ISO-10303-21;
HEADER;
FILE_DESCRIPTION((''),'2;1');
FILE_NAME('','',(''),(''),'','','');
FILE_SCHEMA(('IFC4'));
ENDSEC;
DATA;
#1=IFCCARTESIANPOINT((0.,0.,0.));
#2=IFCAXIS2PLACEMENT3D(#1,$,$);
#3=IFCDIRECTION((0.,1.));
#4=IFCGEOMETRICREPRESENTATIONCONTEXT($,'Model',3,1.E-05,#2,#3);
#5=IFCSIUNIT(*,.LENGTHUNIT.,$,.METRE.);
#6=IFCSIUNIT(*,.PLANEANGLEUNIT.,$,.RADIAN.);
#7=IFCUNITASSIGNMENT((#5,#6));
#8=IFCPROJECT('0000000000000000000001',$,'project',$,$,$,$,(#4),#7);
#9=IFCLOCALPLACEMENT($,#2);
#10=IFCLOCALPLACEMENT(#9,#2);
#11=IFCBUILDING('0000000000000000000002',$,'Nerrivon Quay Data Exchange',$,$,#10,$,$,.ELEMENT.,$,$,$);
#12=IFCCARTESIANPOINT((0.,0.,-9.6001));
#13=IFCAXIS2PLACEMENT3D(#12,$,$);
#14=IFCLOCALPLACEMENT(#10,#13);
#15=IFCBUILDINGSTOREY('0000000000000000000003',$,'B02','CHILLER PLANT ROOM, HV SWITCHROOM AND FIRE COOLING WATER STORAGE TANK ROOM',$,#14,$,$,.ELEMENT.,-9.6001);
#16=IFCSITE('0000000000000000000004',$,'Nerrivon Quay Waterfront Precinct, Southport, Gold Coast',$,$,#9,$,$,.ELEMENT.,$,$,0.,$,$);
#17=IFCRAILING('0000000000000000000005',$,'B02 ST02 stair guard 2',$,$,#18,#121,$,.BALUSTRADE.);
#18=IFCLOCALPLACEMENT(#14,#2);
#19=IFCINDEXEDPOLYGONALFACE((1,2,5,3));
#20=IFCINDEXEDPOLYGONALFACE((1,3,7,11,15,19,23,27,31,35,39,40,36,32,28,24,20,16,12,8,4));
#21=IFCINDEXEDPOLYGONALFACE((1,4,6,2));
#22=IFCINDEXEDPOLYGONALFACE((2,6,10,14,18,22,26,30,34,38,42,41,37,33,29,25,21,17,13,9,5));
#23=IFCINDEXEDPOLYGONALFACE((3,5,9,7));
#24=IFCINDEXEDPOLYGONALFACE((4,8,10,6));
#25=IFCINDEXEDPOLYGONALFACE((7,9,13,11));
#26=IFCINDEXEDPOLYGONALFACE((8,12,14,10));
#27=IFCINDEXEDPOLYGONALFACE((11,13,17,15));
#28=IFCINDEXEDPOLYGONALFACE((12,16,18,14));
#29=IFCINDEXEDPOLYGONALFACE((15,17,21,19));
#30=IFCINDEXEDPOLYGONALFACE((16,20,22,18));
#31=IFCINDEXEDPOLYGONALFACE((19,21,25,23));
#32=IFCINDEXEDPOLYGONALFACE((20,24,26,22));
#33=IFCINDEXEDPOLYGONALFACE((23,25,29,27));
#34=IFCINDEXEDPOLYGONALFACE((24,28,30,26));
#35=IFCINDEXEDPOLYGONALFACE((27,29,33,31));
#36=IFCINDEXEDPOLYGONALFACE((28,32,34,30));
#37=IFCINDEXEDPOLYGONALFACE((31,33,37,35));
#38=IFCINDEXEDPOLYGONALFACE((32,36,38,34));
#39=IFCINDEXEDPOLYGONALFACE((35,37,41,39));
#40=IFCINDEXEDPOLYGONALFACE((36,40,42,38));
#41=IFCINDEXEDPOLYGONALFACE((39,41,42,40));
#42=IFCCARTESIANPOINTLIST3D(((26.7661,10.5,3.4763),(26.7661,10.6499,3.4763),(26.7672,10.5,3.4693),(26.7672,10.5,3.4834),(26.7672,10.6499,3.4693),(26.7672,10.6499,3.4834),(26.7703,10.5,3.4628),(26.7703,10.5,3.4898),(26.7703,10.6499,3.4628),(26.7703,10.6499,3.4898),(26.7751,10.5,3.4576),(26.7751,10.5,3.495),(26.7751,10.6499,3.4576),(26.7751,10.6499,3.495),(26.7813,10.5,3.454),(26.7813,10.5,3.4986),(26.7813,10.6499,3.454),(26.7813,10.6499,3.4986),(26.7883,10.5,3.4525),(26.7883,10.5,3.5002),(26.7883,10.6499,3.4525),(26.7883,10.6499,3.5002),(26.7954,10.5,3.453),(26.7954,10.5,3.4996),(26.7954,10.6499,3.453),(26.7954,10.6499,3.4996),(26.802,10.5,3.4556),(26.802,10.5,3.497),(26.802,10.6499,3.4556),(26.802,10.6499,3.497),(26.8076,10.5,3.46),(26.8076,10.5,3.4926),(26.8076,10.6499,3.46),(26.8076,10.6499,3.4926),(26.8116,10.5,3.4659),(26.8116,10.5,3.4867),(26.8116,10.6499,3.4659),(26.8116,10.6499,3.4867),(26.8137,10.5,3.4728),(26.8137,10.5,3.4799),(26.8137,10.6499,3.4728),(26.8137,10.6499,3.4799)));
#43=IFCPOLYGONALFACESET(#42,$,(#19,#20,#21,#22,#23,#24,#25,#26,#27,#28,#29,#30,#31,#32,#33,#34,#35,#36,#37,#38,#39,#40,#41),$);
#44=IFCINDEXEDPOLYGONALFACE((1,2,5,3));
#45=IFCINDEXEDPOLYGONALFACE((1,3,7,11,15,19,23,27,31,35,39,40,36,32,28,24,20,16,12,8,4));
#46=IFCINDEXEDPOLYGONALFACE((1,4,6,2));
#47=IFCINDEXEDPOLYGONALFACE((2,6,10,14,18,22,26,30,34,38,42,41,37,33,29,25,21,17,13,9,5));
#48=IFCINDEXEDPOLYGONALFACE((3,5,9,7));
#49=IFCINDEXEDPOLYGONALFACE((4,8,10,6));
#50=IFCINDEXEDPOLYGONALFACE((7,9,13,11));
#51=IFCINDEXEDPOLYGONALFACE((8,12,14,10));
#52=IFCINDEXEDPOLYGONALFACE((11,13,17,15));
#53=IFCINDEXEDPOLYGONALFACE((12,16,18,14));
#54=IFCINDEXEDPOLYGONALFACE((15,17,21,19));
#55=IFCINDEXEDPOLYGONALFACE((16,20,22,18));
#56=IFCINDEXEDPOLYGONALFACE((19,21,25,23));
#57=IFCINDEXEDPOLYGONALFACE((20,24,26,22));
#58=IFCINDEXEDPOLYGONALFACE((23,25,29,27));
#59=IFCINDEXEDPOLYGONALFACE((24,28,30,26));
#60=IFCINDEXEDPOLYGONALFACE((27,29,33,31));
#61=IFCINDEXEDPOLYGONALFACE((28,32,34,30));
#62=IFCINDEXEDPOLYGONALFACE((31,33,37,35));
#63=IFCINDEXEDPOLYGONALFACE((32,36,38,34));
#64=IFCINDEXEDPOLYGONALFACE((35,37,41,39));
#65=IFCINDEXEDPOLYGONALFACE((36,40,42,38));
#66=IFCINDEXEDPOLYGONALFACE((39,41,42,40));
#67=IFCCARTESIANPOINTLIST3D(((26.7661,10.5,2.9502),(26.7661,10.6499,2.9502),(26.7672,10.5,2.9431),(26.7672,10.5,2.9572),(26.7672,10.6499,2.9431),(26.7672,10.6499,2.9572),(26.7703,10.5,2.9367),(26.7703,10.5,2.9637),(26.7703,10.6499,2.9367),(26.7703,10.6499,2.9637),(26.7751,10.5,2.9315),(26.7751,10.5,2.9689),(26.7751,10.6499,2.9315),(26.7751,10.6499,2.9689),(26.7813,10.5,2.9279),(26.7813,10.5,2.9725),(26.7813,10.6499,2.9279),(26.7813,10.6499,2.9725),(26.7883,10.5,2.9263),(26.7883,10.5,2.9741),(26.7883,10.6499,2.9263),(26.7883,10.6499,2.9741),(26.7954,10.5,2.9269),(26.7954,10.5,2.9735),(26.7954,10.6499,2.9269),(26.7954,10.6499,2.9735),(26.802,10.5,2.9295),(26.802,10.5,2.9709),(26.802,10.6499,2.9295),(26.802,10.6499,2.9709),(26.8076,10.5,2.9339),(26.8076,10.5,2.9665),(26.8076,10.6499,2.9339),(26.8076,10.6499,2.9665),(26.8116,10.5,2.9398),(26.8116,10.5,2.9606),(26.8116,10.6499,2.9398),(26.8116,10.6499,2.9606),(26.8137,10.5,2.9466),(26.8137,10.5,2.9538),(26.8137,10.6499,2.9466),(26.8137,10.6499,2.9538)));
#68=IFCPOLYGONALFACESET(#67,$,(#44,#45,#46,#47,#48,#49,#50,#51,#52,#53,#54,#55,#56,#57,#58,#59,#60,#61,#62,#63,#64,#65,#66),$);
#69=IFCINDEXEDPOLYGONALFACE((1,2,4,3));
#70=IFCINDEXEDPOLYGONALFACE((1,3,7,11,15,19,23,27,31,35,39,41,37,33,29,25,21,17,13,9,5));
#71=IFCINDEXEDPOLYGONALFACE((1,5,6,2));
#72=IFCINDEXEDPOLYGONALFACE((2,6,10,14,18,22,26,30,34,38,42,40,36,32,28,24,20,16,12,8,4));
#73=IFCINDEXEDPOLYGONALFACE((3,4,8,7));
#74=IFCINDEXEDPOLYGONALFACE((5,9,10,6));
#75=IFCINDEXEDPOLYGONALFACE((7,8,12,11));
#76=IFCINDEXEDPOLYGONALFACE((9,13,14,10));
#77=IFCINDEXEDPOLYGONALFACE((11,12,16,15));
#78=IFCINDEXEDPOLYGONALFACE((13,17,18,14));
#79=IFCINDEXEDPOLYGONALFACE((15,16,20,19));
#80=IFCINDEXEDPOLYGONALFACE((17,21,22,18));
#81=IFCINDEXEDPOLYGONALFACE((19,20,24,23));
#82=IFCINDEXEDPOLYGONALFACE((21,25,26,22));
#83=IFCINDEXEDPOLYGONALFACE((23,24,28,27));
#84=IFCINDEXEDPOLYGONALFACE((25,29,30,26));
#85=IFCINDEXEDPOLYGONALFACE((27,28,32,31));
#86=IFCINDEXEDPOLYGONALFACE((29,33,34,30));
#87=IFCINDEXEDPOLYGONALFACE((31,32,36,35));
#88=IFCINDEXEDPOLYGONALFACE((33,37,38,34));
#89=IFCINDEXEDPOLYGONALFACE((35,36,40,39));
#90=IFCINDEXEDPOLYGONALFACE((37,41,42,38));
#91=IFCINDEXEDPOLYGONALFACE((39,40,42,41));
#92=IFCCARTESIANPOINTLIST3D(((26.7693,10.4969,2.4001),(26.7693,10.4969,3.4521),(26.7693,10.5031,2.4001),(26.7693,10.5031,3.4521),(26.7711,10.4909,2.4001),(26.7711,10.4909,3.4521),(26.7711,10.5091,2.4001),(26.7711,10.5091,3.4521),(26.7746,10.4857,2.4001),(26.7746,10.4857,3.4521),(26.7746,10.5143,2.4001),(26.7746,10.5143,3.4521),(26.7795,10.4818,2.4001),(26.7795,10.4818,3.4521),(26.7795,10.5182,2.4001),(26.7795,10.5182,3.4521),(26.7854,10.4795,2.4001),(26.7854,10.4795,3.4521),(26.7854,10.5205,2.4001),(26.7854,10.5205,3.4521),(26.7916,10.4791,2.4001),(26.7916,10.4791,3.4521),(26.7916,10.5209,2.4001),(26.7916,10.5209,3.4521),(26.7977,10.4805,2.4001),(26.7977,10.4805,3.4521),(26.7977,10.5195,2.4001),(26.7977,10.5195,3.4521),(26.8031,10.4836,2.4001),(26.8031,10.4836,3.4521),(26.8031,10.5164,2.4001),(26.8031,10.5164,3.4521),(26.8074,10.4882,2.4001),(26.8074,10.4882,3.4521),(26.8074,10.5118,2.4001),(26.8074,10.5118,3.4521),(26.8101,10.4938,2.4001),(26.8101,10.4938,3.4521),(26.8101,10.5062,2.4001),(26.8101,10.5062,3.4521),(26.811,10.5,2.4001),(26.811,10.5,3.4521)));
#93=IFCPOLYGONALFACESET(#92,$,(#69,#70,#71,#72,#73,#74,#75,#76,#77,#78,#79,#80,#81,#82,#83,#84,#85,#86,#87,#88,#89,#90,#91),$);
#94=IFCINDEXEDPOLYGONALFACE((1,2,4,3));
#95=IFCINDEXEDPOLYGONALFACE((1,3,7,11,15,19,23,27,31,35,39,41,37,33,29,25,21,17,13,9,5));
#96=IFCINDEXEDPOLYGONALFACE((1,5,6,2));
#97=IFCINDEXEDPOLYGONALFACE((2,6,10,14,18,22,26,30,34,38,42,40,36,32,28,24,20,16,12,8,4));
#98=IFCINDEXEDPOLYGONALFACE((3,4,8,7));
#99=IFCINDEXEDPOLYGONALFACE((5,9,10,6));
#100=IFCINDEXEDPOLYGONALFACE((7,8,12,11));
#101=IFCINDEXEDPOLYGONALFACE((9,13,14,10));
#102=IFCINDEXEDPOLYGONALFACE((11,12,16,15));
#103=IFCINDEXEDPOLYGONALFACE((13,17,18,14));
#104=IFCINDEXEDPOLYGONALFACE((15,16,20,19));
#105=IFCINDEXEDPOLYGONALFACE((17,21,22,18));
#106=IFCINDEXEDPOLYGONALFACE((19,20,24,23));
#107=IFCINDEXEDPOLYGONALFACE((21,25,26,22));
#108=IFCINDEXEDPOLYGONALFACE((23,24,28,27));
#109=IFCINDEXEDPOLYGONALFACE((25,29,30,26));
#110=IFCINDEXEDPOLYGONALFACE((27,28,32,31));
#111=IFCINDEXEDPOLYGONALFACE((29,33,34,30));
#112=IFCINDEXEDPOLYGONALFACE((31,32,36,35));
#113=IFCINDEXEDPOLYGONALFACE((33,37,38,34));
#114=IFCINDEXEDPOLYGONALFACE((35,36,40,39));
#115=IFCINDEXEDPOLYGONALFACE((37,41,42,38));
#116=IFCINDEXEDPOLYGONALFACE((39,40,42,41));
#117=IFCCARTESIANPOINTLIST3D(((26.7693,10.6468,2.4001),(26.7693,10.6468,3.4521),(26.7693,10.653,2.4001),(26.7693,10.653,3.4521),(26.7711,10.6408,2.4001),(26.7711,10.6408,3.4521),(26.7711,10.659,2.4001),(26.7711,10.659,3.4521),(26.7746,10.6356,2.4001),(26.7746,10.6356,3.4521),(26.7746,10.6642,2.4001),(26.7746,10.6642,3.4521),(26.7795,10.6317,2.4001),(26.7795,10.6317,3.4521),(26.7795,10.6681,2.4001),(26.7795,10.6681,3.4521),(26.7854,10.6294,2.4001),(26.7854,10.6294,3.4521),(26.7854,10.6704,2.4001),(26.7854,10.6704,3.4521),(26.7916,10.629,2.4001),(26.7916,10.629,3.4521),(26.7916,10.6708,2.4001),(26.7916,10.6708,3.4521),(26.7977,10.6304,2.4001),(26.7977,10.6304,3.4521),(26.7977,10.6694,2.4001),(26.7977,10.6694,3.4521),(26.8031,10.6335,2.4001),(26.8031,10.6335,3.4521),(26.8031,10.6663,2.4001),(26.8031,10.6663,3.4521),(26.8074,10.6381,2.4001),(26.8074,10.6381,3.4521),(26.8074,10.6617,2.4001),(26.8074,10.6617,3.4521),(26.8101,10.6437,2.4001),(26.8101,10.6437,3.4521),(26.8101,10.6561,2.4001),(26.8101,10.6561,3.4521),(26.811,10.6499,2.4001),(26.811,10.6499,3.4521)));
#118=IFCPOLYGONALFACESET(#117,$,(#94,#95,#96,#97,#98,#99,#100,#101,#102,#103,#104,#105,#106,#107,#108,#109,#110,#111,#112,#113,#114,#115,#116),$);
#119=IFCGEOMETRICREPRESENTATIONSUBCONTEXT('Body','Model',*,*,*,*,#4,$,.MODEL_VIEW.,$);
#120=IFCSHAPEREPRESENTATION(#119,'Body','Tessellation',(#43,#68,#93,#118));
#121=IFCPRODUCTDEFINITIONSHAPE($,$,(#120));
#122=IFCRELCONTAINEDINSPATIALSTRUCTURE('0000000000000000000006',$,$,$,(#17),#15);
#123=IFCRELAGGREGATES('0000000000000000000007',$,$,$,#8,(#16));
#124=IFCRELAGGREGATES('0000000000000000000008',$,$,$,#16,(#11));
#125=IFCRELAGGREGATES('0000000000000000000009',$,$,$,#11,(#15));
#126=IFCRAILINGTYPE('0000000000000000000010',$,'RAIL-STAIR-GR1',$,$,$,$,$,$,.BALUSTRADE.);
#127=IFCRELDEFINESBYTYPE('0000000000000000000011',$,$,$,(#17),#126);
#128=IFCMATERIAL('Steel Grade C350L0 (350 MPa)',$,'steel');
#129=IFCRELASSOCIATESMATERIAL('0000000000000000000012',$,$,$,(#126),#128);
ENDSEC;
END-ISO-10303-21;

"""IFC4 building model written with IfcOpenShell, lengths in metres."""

from ifc_helpers import new_model, si_unit, direction, frame, origin, origin_2d, place, context, subcontext, project, spatial, circle, extrude, material, type_object, element, save


model = new_model("IFC4")

# Units and contexts
model_context = context("Model", 3, precision=1e-05, world=origin(), true_north=direction((0.0, 1.0)))
body_context = subcontext(model_context, "Body", "Model", "MODEL_VIEW")
ifc_project = project(units=[si_unit("LENGTHUNIT", "METRE"), si_unit("PLANEANGLEUNIT", "RADIAN")], contexts=[model_context])

# Site, building, storey
site_placement = place(None, origin())
site = spatial("IfcSite", under=ifc_project, at=site_placement, Name="Nerrivon Quay Waterfront Precinct, Southport, Gold Coast", CompositionType="ELEMENT", RefElevation=0.0)
building_placement = place(site_placement, origin())
building = spatial("IfcBuilding", under=site, at=building_placement, Name="Nerrivon Quay Data Exchange", CompositionType="ELEMENT")
storey_placement = place(building_placement, frame((0.0, 0.0, -9.6001)))
storey = spatial("IfcBuildingStorey", under=building, at=storey_placement, Name="B02", Description="CHILLER PLANT ROOM, HV SWITCHROOM AND FIRE COOLING WATER STORAGE TANK ROOM", CompositionType="ELEMENT", Elevation=-9.6001)

# Railing
ifc_material_1 = material(Name="Steel Grade C350L0 (350 MPa)", Category="steel")
railing_type_1 = type_object("IfcRailingType", Name="RAIL-STAIR-GR1", PredefinedType="BALUSTRADE", material=ifc_material_1)
railing_1_placement = place(storey_placement, frame((26.79, 10.5, 2.4001)))
element("IfcRailing", 1, at=railing_1_placement, inside=storey, type_object=railing_type_1, Name="B02 ST02 stair guard 2", PredefinedType="BALUSTRADE", context=body_context, shape_type="SweptSolid", body=[
    extrude(circle(Radius=0.0239, at=origin_2d()), frame((0.0, 0.0, 1.0762), z_axis=(0.0, 1.0, 0.0), x_axis=(-1.0, 0.0, 0.0)), (0.0, 0.0, 1.0), 0.1499),
    extrude(circle(Radius=0.0239, at=origin_2d()), frame((0.0, 0.0, 0.55), z_axis=(0.0, 1.0, 0.0), x_axis=(-1.0, 0.0, 0.0)), (0.0, 0.0, 1.0), 0.1499),
    extrude(circle(Radius=0.021, at=origin_2d()), origin(), (0.0, 0.0, 1.0), 1.052),
    extrude(circle(Radius=0.021, at=origin_2d()), frame((0.0, 0.1499, 0.0)), (0.0, 0.0, 1.0), 1.052),
])

save(model, "model.ifc")
